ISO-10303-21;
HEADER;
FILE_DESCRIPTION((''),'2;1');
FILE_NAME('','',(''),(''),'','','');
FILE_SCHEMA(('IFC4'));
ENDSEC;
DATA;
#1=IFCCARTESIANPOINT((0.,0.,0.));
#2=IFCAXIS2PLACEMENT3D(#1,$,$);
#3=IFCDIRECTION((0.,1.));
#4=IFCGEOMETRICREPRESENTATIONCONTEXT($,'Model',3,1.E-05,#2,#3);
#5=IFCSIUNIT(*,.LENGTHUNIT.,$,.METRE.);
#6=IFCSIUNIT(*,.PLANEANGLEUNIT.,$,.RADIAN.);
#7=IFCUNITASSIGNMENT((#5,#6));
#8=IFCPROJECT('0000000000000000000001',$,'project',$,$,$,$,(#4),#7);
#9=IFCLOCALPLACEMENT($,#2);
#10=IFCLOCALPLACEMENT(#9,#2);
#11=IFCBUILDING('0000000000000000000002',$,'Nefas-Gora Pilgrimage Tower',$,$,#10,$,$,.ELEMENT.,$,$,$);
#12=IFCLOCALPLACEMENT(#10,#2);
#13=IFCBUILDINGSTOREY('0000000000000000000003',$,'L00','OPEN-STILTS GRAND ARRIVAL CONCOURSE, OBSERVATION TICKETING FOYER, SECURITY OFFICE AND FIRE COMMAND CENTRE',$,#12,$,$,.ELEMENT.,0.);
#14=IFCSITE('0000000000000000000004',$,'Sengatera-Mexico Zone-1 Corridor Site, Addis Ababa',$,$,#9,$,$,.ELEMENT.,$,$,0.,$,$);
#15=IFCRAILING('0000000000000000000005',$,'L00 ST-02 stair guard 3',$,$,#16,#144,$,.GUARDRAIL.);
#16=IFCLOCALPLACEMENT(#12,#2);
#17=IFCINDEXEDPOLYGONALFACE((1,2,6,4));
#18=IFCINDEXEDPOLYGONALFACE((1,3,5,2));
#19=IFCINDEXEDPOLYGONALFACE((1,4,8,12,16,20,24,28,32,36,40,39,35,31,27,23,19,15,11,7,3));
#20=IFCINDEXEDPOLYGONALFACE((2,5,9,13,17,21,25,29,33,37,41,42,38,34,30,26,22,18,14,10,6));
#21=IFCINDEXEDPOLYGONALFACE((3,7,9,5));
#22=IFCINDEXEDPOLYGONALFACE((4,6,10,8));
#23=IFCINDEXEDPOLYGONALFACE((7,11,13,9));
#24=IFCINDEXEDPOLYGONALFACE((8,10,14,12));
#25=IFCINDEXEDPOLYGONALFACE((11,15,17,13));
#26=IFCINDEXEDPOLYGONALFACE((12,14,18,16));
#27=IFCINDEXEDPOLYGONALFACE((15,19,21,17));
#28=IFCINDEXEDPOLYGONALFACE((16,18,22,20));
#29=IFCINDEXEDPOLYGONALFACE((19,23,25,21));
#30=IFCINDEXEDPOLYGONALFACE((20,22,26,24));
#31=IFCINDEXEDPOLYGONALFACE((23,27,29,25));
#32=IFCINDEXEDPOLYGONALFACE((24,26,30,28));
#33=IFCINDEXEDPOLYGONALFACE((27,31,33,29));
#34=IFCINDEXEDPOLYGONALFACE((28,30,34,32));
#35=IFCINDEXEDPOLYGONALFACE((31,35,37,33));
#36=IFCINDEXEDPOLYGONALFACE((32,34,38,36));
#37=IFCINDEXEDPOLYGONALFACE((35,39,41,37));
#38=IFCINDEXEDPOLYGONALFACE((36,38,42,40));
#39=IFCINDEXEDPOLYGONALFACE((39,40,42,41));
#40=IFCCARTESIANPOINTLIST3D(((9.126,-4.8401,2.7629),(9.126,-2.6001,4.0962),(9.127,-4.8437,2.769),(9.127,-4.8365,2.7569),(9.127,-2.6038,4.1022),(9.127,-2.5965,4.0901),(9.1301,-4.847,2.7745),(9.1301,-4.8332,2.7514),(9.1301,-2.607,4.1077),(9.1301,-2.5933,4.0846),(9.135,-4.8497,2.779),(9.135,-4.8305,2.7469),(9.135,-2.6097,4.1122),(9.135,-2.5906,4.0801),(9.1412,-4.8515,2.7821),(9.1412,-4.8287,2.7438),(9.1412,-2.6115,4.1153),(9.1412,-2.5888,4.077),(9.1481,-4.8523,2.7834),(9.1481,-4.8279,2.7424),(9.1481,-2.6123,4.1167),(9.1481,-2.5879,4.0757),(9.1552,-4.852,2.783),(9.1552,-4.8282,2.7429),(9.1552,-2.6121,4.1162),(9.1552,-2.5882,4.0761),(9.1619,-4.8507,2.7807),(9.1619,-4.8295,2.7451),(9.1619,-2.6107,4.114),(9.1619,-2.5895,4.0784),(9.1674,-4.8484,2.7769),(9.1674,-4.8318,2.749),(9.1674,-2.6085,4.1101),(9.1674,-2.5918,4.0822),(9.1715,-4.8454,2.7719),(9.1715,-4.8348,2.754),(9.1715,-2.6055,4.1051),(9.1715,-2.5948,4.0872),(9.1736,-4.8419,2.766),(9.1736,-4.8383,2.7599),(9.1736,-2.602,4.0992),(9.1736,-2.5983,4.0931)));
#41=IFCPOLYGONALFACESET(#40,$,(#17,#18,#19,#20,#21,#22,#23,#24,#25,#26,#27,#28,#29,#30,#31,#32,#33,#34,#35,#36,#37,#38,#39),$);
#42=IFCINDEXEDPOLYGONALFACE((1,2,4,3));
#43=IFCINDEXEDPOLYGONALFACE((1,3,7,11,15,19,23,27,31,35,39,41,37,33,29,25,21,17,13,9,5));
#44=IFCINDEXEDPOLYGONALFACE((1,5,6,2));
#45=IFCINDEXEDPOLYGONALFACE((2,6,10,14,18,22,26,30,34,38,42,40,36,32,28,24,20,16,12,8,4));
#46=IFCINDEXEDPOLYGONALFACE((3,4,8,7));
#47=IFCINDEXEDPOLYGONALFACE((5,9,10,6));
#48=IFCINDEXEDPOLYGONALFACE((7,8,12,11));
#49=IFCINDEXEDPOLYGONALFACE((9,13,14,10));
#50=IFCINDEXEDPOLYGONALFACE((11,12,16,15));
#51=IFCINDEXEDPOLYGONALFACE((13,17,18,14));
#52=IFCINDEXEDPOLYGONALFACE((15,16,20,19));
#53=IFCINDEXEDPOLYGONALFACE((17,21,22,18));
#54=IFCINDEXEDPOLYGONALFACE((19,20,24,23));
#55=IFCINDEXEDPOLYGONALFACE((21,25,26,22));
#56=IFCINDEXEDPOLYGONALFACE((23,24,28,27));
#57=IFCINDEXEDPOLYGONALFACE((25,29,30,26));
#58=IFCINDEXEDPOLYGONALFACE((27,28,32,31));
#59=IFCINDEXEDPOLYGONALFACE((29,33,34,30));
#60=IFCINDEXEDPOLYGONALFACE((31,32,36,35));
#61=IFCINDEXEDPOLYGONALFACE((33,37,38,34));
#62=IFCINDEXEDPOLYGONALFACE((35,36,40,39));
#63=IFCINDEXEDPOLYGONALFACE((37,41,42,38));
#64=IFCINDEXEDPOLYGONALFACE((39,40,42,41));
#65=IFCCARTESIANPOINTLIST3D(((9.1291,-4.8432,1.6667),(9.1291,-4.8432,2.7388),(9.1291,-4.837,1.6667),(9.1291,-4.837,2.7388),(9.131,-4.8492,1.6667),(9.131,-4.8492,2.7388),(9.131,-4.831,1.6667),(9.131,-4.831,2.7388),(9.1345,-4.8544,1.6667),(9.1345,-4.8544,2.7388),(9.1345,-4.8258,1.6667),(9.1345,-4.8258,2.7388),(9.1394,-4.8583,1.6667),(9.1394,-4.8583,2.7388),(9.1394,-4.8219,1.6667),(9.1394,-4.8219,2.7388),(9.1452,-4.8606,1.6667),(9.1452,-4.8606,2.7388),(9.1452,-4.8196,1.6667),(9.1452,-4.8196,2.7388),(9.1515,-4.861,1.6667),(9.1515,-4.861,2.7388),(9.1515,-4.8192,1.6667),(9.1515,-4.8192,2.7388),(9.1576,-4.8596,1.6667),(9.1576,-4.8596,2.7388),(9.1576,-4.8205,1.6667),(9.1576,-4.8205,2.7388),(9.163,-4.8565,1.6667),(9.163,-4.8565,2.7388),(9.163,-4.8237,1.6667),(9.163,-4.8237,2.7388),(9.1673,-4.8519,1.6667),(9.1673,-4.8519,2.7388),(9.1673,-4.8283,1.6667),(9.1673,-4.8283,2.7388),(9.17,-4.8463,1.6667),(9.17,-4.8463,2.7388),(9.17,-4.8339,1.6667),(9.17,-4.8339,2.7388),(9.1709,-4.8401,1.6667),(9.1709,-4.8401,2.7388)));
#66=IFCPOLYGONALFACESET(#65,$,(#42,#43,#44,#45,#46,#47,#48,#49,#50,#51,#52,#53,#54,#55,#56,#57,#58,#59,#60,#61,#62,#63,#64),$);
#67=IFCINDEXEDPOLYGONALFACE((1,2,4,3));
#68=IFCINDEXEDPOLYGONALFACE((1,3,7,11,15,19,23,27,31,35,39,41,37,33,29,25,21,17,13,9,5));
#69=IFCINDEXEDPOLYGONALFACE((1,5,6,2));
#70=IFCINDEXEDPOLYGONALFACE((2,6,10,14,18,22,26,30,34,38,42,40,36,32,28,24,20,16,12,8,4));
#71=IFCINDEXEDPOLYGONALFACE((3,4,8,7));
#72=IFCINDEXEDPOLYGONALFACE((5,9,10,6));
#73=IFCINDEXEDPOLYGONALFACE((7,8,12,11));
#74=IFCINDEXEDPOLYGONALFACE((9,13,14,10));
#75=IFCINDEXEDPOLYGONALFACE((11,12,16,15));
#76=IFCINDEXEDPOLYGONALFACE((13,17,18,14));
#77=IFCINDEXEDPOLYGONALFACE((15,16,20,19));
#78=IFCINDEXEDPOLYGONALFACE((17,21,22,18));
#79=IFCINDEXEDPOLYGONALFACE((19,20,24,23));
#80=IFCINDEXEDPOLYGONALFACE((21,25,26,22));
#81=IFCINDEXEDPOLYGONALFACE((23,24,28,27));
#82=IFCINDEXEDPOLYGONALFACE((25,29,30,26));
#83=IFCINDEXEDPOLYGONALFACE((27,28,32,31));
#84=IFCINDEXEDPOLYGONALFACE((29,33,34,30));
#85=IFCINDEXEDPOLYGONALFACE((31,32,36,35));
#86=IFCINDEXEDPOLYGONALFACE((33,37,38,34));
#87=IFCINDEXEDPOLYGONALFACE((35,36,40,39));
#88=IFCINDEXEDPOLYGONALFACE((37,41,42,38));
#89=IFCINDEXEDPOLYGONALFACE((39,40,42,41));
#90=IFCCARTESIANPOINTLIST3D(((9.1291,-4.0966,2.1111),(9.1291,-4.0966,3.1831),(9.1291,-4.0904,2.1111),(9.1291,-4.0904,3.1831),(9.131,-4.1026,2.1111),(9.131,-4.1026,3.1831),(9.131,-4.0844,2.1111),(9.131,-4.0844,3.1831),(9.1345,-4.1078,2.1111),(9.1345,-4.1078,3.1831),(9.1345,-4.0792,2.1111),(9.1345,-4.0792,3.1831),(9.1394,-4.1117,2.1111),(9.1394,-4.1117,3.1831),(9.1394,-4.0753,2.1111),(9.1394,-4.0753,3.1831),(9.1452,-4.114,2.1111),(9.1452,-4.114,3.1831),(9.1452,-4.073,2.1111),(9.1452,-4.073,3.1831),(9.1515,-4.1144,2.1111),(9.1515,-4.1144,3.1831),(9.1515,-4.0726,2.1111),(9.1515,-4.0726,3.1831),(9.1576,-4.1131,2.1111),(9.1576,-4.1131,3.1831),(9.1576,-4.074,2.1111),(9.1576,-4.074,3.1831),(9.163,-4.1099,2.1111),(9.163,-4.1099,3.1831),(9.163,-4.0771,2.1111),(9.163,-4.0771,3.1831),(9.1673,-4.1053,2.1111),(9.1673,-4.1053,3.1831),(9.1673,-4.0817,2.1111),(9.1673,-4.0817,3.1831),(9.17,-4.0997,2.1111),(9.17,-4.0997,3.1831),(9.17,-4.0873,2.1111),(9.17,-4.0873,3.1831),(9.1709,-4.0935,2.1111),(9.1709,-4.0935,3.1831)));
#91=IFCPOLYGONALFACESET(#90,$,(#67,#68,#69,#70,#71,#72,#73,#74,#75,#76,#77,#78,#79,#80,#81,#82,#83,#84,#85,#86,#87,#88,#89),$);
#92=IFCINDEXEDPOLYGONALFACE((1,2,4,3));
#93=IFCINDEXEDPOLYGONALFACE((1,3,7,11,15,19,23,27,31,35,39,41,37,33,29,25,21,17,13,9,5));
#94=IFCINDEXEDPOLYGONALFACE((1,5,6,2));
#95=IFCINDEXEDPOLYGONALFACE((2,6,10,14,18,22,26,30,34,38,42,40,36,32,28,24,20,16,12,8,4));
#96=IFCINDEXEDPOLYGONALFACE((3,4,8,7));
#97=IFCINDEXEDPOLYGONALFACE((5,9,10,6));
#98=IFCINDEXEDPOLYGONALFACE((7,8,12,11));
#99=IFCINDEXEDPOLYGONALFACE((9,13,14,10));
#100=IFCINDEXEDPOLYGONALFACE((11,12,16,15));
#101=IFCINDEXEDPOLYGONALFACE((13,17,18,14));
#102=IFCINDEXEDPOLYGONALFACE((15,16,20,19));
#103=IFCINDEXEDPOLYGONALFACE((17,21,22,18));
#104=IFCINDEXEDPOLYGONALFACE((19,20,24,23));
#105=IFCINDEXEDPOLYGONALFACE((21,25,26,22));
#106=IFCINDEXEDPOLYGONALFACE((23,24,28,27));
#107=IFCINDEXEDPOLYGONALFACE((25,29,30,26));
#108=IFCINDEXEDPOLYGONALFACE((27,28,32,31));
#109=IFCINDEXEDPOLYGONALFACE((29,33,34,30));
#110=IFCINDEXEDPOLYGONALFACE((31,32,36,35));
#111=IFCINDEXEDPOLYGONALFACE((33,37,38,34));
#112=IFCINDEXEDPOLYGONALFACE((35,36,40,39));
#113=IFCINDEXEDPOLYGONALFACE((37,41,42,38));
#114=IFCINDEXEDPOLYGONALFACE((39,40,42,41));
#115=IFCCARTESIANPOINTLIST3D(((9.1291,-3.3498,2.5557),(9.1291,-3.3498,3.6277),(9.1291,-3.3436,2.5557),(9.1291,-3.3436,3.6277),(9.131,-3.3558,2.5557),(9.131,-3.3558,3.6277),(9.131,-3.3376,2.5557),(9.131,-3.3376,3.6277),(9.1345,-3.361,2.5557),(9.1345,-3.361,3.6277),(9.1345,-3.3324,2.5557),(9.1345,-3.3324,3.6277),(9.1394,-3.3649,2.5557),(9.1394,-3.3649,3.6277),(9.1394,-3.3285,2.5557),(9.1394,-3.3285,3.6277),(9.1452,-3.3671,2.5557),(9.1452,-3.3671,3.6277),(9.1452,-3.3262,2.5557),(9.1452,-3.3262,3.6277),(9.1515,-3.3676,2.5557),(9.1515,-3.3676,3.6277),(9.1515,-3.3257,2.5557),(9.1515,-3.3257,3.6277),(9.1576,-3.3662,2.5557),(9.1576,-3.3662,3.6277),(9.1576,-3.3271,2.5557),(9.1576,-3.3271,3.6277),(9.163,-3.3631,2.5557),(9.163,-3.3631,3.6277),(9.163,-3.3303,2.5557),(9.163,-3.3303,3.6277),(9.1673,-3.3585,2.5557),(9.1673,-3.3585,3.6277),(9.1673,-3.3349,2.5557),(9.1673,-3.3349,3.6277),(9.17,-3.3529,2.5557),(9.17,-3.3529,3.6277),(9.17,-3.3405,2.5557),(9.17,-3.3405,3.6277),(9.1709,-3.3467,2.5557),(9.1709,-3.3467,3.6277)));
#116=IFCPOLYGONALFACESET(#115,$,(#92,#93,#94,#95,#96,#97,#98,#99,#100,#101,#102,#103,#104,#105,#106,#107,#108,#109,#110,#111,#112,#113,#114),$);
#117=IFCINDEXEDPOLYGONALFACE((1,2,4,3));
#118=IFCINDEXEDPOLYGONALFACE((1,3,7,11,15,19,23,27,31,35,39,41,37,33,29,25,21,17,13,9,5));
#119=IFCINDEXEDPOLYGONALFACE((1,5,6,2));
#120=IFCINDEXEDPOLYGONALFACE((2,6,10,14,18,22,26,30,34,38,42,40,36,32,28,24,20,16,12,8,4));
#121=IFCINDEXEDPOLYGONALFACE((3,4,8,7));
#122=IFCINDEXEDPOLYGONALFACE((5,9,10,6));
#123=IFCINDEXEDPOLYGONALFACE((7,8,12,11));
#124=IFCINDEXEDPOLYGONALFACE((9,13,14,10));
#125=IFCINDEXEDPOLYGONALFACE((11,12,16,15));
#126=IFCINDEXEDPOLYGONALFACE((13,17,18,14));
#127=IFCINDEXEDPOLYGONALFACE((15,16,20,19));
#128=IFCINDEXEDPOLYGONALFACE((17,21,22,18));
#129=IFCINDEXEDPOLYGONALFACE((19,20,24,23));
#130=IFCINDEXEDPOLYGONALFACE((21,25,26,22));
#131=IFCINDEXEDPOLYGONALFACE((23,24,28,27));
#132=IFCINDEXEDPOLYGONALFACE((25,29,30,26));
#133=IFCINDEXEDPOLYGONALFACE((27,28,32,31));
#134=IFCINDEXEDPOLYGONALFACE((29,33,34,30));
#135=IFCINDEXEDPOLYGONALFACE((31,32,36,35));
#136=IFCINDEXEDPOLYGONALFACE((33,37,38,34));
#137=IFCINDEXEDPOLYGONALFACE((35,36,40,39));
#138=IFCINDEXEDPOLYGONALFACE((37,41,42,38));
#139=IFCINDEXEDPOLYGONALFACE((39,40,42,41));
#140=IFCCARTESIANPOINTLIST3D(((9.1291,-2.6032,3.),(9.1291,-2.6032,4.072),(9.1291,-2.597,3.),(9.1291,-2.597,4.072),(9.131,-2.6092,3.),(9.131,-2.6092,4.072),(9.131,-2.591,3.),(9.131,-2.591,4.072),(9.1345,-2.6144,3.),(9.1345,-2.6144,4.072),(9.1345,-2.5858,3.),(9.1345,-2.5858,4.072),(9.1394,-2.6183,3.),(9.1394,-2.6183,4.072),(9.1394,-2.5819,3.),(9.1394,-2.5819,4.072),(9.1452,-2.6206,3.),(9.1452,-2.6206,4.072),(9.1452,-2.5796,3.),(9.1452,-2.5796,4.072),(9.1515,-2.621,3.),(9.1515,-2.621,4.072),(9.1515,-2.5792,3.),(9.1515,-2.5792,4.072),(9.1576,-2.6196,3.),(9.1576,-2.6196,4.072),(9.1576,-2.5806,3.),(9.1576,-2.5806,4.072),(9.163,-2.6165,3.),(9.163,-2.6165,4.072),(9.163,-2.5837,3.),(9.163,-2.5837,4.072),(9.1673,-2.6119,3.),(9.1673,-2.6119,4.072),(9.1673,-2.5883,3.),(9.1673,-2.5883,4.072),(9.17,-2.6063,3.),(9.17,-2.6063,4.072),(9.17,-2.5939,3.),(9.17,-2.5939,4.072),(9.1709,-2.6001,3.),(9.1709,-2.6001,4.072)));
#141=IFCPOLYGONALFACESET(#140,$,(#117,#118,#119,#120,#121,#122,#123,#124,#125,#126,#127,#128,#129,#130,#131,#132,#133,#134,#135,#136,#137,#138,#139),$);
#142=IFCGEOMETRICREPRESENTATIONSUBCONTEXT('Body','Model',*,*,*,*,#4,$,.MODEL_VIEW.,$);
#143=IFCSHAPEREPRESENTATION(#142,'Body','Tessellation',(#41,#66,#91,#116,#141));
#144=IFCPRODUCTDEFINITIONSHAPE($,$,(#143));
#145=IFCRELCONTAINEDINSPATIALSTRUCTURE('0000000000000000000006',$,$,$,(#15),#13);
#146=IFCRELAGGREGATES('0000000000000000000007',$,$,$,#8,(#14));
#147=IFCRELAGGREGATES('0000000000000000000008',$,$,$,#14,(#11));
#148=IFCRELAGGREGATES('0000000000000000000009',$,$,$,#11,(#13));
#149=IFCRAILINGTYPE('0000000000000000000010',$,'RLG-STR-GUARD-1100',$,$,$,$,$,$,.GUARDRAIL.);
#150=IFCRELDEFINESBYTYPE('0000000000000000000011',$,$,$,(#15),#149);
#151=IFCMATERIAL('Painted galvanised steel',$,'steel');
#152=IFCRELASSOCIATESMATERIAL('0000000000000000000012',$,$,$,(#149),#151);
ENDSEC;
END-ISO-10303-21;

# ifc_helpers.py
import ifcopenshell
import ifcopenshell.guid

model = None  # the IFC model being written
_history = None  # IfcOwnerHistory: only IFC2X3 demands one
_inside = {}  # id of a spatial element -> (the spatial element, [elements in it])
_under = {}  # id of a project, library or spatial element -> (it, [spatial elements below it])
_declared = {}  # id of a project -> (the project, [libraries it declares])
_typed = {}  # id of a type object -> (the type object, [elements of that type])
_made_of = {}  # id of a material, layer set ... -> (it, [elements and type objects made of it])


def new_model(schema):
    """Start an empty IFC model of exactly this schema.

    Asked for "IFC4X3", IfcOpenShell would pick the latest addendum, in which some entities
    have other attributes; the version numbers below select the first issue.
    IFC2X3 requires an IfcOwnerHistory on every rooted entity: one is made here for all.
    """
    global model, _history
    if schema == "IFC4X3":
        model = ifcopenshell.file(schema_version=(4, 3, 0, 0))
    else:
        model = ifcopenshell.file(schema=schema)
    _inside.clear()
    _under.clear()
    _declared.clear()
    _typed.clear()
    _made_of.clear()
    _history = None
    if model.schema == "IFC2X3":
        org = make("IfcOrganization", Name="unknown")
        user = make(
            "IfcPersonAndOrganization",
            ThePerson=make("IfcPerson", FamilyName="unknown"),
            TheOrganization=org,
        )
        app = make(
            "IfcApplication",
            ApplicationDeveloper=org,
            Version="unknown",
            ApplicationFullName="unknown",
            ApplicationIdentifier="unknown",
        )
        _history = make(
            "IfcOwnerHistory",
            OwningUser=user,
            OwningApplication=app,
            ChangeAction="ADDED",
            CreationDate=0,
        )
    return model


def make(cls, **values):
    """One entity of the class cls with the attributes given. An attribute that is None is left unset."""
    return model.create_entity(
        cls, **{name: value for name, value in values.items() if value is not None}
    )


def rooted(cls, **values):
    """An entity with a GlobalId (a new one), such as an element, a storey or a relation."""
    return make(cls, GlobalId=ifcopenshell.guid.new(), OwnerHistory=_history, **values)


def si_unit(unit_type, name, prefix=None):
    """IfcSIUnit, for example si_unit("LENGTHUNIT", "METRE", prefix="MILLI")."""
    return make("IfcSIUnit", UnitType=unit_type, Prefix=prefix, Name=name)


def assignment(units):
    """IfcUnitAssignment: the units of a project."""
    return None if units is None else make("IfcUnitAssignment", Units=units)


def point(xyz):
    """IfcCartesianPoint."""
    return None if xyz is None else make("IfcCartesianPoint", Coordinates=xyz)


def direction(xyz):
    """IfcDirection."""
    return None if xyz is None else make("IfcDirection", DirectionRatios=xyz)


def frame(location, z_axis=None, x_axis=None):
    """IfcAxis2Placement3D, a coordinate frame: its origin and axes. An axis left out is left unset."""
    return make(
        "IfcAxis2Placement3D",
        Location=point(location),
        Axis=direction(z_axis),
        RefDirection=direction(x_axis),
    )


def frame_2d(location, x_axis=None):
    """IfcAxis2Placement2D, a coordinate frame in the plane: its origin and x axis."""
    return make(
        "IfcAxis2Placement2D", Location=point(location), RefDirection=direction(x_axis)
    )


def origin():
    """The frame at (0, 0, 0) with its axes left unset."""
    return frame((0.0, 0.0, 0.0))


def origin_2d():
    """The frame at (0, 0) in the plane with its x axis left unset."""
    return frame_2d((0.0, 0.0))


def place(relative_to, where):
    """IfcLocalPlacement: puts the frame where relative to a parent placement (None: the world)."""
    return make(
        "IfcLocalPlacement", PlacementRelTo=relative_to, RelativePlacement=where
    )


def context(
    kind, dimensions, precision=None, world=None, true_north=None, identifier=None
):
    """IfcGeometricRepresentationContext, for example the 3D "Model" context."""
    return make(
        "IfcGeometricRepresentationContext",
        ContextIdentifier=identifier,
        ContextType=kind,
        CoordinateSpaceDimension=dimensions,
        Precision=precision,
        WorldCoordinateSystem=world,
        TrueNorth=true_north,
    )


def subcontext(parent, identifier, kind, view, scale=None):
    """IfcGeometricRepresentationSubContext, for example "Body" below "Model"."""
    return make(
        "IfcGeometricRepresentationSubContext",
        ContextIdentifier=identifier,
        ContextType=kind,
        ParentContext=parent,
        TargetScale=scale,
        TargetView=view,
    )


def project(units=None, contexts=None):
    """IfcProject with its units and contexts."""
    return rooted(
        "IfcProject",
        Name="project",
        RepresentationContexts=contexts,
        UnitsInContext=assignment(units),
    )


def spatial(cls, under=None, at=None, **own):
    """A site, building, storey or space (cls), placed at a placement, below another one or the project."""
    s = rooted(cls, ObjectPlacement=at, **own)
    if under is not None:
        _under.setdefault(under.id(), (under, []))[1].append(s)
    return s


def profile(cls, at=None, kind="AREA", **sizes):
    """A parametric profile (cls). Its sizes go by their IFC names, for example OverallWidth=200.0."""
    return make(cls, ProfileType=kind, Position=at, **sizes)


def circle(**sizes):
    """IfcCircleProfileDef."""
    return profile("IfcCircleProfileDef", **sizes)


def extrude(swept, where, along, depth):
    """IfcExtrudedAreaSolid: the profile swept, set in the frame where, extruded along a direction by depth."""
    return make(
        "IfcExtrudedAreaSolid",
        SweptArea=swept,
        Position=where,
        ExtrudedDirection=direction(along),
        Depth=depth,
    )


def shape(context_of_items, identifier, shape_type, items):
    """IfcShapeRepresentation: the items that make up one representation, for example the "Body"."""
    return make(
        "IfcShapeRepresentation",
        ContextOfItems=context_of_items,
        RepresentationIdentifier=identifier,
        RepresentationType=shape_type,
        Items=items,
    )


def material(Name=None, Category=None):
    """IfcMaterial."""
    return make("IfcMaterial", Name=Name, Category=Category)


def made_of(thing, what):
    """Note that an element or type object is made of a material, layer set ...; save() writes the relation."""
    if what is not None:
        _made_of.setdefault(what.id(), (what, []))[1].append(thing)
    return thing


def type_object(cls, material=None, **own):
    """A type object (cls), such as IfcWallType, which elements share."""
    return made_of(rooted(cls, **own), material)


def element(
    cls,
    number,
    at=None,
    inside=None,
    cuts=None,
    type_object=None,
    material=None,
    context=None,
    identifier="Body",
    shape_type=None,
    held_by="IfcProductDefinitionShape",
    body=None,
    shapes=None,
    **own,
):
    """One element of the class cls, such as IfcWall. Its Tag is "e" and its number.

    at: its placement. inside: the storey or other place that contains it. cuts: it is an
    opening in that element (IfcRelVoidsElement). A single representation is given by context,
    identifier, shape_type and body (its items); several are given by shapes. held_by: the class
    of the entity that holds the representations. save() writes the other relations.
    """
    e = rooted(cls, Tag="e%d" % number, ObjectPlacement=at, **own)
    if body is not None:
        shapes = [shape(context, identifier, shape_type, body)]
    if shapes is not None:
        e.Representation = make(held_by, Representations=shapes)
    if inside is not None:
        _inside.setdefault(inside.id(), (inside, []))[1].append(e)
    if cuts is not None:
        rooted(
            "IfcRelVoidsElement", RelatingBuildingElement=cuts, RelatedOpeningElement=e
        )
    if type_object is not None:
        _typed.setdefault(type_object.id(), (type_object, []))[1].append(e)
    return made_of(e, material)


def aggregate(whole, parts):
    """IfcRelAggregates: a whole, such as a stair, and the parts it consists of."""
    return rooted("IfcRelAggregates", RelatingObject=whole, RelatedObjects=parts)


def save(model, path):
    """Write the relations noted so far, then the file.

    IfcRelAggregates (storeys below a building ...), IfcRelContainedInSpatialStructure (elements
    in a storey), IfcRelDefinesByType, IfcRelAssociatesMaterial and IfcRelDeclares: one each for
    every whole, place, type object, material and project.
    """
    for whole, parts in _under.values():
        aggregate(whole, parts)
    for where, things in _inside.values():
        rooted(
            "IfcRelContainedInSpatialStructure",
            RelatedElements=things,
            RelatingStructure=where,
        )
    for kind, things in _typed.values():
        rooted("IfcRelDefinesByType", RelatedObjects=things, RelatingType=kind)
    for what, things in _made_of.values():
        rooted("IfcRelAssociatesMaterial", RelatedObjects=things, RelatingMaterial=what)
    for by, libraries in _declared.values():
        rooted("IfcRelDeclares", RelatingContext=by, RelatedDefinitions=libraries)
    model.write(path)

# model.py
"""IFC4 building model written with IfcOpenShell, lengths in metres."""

from ifc_helpers import new_model, si_unit, direction, frame, origin, origin_2d, place, context, subcontext, project, spatial, circle, extrude, material, type_object, element, save


model = new_model("IFC4")

# Units and contexts
model_context = context("Model", 3, precision=1e-05, world=origin(), true_north=direction((0.0, 1.0)))
body_context = subcontext(model_context, "Body", "Model", "MODEL_VIEW")
ifc_project = project(units=[si_unit("LENGTHUNIT", "METRE"), si_unit("PLANEANGLEUNIT", "RADIAN")], contexts=[model_context])

# Site, building, storey
site_placement = place(None, origin())
site = spatial("IfcSite", under=ifc_project, at=site_placement, Name="Sengatera-Mexico Zone-1 Corridor Site, Addis Ababa", CompositionType="ELEMENT", RefElevation=0.0)
building_placement = place(site_placement, origin())
building = spatial("IfcBuilding", under=site, at=building_placement, Name="Nefas-Gora Pilgrimage Tower", CompositionType="ELEMENT")
storey_placement = place(building_placement, origin())
storey = spatial("IfcBuildingStorey", under=building, at=storey_placement, Name="L00", Description="OPEN-STILTS GRAND ARRIVAL CONCOURSE, OBSERVATION TICKETING FOYER, SECURITY OFFICE AND FIRE COMMAND CENTRE", CompositionType="ELEMENT", Elevation=0.0)

# Railing
ifc_material_1 = material(Name="Painted galvanised steel", Category="steel")
railing_type_1 = type_object("IfcRailingType", Name="RLG-STR-GUARD-1100", PredefinedType="GUARDRAIL", material=ifc_material_1)
railing_1_placement = place(storey_placement, frame((9.1499, -4.8401, 1.6667)))
element("IfcRailing", 1, at=railing_1_placement, inside=storey, type_object=railing_type_1, Name="L00 ST-02 stair guard 3", PredefinedType="GUARDRAIL", context=body_context, shape_type="SweptSolid", body=[
    extrude(circle(Radius=0.0239, at=origin_2d()), frame((0.0, 0.0, 1.0962), z_axis=(0.0, 0.859306, 0.511462), x_axis=(-1.0, 0.0, 0.0)), (0.0, 0.0, 1.0), 2.6067),
    extrude(circle(Radius=0.021, at=origin_2d()), origin(), (0.0, 0.0, 1.0), 1.072),
    extrude(circle(Radius=0.021, at=origin_2d()), frame((0.0, 0.7466, 0.4443)), (0.0, 0.0, 1.0), 1.072),
    extrude(circle(Radius=0.021, at=origin_2d()), frame((0.0, 1.4934, 0.8889)), (0.0, 0.0, 1.0), 1.072),
    extrude(circle(Radius=0.021, at=origin_2d()), frame((0.0, 2.24, 1.3333)), (0.0, 0.0, 1.0), 1.072),
])

save(model, "model.ifc")
